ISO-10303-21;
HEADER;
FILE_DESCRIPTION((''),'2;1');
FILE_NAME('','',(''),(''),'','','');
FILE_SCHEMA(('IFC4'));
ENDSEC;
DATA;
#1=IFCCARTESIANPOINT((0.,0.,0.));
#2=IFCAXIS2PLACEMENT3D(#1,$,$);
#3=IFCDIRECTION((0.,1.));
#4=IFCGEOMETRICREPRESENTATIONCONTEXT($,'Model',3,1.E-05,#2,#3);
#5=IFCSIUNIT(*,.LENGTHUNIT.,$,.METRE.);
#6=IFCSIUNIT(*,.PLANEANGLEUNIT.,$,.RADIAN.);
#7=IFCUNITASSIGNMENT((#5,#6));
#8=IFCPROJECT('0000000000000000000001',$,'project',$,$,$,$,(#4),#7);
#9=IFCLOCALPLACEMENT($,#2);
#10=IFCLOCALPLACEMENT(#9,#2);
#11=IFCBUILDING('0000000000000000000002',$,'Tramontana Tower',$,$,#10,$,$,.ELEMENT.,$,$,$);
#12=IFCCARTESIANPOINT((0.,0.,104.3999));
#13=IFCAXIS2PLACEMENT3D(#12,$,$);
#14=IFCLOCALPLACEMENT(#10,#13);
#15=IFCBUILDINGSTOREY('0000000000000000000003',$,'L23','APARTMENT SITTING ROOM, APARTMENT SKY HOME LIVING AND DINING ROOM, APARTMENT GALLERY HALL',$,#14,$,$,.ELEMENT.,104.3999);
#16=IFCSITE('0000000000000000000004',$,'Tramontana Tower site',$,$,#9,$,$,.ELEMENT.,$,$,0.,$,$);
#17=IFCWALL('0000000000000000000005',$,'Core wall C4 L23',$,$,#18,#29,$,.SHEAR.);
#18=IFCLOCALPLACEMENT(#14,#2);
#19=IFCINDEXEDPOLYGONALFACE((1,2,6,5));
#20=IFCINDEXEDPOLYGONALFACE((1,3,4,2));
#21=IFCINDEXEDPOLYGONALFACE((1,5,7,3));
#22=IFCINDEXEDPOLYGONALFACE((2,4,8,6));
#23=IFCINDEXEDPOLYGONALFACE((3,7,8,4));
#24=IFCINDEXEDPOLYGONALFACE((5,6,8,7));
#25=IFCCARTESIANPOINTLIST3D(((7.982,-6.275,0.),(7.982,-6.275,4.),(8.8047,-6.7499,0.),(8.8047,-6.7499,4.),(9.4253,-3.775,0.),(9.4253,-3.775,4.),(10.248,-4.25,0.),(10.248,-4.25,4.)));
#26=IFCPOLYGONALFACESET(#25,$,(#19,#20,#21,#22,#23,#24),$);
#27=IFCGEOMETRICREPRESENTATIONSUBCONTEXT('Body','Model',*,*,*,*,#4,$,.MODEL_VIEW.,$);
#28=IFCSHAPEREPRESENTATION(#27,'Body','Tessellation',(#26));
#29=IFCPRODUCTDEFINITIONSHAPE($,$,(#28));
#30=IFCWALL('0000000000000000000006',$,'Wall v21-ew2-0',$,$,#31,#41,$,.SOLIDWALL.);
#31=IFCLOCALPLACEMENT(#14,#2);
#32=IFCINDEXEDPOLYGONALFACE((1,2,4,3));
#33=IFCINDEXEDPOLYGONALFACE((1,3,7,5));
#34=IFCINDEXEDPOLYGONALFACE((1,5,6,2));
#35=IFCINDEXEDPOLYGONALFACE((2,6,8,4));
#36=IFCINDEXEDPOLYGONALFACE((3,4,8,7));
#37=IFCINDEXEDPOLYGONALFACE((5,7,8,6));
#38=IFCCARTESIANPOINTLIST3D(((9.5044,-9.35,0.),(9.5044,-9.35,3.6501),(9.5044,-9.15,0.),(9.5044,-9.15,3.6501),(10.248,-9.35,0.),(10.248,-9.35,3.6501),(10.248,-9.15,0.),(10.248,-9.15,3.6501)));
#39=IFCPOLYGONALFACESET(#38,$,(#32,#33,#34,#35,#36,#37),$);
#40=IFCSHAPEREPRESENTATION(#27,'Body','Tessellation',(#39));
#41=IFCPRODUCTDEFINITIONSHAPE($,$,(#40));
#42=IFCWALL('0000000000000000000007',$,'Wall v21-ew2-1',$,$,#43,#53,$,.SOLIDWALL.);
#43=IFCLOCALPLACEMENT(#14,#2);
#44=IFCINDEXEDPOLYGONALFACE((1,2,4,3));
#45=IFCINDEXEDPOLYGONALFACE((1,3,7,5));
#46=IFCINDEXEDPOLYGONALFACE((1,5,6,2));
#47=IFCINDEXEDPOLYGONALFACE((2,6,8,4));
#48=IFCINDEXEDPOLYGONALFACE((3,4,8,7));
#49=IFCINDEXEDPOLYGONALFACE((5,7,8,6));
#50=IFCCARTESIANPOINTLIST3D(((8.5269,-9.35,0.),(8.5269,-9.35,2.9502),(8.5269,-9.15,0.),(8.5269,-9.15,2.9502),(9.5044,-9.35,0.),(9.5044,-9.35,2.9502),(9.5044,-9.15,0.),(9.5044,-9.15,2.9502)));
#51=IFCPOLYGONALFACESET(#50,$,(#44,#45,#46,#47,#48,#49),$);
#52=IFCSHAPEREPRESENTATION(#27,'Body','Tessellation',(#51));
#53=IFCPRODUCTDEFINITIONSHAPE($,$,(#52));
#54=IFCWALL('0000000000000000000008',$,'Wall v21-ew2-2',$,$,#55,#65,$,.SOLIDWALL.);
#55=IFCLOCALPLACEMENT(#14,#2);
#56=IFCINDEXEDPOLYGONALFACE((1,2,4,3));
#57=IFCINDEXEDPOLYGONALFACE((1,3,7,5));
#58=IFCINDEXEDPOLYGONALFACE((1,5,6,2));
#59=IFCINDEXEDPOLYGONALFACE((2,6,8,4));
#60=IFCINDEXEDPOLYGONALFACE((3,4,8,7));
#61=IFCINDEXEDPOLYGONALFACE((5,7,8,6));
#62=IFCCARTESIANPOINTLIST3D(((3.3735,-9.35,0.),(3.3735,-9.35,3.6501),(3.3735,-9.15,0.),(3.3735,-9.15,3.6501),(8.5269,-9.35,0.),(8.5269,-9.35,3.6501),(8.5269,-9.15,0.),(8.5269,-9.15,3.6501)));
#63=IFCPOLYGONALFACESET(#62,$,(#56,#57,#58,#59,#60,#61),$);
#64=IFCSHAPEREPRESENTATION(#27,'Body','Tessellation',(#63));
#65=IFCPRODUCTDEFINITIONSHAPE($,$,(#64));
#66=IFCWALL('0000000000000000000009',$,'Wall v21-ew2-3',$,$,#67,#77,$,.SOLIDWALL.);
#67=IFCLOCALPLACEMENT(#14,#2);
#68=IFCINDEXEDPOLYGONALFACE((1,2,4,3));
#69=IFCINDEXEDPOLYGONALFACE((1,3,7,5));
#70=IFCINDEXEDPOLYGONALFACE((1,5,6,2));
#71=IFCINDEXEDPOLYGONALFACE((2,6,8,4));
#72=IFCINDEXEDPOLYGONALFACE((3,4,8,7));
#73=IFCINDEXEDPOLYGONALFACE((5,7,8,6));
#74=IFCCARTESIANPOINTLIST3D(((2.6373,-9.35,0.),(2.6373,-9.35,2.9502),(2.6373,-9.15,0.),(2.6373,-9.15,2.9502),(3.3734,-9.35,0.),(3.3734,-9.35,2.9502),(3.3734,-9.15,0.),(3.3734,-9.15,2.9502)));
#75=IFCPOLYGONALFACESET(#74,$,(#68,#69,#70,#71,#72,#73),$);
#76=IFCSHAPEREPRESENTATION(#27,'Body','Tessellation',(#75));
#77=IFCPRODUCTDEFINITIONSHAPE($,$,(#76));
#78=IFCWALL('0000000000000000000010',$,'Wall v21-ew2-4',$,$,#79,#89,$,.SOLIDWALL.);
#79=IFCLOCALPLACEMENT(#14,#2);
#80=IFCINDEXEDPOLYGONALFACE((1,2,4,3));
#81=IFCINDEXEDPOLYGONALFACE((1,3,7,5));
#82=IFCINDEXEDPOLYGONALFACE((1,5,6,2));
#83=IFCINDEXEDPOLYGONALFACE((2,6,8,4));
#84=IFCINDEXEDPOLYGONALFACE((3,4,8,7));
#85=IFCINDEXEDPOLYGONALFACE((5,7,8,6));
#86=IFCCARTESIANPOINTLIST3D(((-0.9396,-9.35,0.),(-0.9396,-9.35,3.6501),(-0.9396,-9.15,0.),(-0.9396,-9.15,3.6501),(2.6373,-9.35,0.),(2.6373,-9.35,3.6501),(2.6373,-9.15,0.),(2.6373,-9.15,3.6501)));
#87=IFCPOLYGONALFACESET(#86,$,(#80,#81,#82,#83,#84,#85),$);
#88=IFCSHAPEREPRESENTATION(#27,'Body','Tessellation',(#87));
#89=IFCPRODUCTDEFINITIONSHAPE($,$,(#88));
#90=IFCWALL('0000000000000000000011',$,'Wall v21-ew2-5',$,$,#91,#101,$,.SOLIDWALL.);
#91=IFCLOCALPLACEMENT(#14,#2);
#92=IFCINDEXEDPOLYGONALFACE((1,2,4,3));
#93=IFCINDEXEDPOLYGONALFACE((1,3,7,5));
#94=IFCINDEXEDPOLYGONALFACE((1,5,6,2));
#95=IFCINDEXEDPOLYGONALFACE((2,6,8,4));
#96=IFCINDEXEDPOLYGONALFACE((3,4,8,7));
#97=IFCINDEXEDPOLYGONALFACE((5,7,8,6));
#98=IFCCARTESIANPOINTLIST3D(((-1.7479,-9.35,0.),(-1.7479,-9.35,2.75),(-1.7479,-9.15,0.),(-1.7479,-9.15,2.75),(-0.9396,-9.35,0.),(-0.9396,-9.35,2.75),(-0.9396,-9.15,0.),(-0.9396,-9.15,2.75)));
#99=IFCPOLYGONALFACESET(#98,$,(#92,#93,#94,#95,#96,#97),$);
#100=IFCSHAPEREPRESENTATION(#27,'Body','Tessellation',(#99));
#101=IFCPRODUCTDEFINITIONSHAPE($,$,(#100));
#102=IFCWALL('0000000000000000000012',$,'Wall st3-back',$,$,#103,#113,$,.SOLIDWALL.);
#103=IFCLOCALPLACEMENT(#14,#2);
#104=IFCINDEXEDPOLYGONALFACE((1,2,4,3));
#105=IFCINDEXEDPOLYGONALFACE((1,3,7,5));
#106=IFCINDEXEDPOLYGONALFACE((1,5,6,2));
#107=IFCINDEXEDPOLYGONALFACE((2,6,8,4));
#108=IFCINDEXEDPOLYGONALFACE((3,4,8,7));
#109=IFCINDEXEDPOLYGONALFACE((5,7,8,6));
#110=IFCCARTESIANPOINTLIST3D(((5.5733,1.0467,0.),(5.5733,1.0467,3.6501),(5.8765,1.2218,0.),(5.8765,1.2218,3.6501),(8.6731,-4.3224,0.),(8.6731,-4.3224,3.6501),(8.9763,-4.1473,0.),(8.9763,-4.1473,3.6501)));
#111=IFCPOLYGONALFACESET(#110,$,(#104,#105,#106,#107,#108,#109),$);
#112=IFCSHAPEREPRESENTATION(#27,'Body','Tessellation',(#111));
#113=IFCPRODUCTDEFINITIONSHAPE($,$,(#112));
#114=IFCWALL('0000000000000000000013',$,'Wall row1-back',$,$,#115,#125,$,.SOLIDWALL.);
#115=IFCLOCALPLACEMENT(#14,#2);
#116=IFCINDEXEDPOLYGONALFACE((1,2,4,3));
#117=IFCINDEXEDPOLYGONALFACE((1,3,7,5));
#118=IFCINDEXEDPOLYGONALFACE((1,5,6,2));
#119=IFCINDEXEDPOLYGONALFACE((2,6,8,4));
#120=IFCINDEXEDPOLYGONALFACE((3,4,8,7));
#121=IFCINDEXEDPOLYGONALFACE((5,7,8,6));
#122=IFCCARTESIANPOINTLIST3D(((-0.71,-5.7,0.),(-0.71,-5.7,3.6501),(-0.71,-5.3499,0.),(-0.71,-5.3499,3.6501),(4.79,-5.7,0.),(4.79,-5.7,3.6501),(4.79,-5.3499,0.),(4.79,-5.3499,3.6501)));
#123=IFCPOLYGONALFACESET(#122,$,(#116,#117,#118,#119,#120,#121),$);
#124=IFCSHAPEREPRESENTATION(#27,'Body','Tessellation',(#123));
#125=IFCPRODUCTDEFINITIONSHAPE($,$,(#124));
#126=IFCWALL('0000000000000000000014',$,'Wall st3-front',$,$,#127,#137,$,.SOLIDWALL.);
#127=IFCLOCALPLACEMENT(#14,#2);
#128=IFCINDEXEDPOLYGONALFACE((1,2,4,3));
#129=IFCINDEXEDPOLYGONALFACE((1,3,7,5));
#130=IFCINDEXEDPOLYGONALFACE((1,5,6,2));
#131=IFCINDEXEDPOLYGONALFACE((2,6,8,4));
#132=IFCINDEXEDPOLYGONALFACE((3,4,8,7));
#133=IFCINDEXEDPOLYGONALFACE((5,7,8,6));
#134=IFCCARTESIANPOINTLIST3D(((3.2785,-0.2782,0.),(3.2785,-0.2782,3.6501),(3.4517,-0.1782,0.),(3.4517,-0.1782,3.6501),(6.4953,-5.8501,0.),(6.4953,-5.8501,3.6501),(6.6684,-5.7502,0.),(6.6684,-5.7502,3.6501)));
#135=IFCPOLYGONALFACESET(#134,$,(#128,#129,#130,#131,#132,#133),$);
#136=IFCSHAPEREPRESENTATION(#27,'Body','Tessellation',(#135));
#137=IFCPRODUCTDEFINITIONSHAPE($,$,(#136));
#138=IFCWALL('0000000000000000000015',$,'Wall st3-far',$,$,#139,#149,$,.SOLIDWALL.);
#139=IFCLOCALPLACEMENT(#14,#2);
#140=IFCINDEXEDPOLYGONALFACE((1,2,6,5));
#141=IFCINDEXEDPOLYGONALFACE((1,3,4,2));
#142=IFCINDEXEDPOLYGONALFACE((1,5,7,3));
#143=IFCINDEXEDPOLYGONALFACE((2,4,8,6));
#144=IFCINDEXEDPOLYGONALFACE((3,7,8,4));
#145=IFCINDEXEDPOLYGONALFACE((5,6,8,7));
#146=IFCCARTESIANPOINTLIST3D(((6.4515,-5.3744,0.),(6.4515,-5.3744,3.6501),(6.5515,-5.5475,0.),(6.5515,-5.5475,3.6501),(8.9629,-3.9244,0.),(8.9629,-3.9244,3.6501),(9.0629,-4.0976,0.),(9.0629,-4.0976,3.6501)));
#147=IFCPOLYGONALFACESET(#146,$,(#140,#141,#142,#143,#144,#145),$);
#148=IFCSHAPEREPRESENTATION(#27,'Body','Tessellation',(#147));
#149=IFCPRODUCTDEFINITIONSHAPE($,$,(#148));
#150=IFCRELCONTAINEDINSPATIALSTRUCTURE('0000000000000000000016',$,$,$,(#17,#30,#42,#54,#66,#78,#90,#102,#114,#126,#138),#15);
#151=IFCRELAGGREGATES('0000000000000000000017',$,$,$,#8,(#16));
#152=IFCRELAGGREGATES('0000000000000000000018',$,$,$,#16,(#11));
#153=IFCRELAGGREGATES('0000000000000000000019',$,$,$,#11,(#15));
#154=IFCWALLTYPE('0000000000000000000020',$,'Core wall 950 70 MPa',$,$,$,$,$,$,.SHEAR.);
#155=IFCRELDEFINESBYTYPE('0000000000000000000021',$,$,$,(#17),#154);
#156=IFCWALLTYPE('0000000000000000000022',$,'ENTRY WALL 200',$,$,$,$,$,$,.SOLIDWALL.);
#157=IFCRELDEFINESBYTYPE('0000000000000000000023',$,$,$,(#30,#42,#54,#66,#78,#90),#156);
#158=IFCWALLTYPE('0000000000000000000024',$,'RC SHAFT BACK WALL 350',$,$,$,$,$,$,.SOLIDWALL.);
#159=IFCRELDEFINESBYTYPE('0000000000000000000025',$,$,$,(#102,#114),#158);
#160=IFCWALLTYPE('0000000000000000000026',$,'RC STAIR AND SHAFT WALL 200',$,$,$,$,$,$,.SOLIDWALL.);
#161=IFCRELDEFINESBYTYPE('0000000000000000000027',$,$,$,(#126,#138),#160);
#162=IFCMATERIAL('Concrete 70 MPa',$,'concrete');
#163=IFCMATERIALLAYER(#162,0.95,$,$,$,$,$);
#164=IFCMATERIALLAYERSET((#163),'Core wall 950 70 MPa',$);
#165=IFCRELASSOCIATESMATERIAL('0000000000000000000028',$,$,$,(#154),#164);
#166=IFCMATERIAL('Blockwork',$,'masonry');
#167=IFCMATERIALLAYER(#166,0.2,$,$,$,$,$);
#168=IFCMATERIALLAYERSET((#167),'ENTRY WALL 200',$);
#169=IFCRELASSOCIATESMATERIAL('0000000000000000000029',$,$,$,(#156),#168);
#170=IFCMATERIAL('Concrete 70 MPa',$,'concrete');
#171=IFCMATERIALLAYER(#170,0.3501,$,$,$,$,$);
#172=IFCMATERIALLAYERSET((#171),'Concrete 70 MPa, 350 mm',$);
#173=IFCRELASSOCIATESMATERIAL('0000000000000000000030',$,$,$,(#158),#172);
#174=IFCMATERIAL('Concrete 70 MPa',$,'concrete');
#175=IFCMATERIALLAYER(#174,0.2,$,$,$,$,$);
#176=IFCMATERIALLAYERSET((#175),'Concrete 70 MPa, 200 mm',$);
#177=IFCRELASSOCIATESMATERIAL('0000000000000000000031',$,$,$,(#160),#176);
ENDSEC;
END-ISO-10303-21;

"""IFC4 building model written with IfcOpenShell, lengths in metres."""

from ifc_helpers import new_model, si_unit, direction, frame, frame_2d, origin, place, context, subcontext, project, spatial, rectangle, extrude, material, layer, layer_set, type_object, element, save


model = new_model("IFC4")

# Units and contexts
model_context = context("Model", 3, precision=1e-05, world=origin(), true_north=direction((0.0, 1.0)))
body_context = subcontext(model_context, "Body", "Model", "MODEL_VIEW")
ifc_project = project(units=[si_unit("LENGTHUNIT", "METRE"), si_unit("PLANEANGLEUNIT", "RADIAN")], contexts=[model_context])

# Site, building, storey
site_placement = place(None, origin())
site = spatial("IfcSite", under=ifc_project, at=site_placement, Name="Tramontana Tower site", CompositionType="ELEMENT", RefElevation=0.0)
building_placement = place(site_placement, origin())
building = spatial("IfcBuilding", under=site, at=building_placement, Name="Tramontana Tower", CompositionType="ELEMENT")
storey_placement = place(building_placement, frame((0.0, 0.0, 104.3999)))
storey = spatial("IfcBuildingStorey", under=building, at=storey_placement, Name="L23", Description="APARTMENT SITTING ROOM, APARTMENT SKY HOME LIVING AND DINING ROOM, APARTMENT GALLERY HALL", CompositionType="ELEMENT", Elevation=104.3999)

# Wall
ifc_material_1 = material(Name="Concrete 70 MPa", Category="concrete")
ifc_layer_1 = layer(ifc_material_1, 0.95)
ifc_layer_set_1 = layer_set([ifc_layer_1], Name="Core wall 950 70 MPa")
wall_type_1 = type_object("IfcWallType", Name="Core wall 950 70 MPa", PredefinedType="SHEAR", material=ifc_layer_set_1)
wall_1_placement = place(storey_placement, frame((8.3933, -6.5125, 0.0), z_axis=(0.0, 0.0, 1.0), x_axis=(0.499996, 0.866028, 0.0)))
element("IfcWall", 1, at=wall_1_placement, inside=storey, type_object=wall_type_1, Name="Core wall C4 L23", PredefinedType="SHEAR", context=body_context, shape_type="SweptSolid", body=[
    extrude(rectangle(XDim=2.8867, YDim=0.95, at=frame_2d((1.4434, 0.0))), origin(), (0.0, 0.0, 1.0), 4.0),
])

# Walls
ifc_material_2 = material(Name="Blockwork", Category="masonry")
ifc_layer_2 = layer(ifc_material_2, 0.2)
ifc_layer_set_2 = layer_set([ifc_layer_2], Name="ENTRY WALL 200")
wall_type_2 = type_object("IfcWallType", Name="ENTRY WALL 200", PredefinedType="SOLIDWALL", material=ifc_layer_set_2)
wall_2_placement = place(storey_placement, frame((10.248, -9.25, 0.0), z_axis=(0.0, 0.0, 1.0), x_axis=(-1.0, 0.0, 0.0)))
element("IfcWall", 2, at=wall_2_placement, inside=storey, type_object=wall_type_2, Name="Wall v21-ew2-0", PredefinedType="SOLIDWALL", context=body_context, shape_type="SweptSolid", body=[
    extrude(rectangle(XDim=0.7437, YDim=0.2, at=frame_2d((0.3718, 0.0))), origin(), (0.0, 0.0, 1.0), 3.6501),
])
wall_3_placement = place(storey_placement, frame((9.5044, -9.25, 0.0), z_axis=(0.0, 0.0, 1.0), x_axis=(-1.0, 0.0, 0.0)))
element("IfcWall", 3, at=wall_3_placement, inside=storey, type_object=wall_type_2, Name="Wall v21-ew2-1", PredefinedType="SOLIDWALL", context=body_context, shape_type="SweptSolid", body=[
    extrude(rectangle(XDim=0.9775, YDim=0.2, at=frame_2d((0.4888, 0.0))), origin(), (0.0, 0.0, 1.0), 2.9502),
])
wall_4_placement = place(storey_placement, frame((8.5269, -9.25, 0.0), z_axis=(0.0, 0.0, 1.0), x_axis=(-1.0, 0.0, 0.0)))
element("IfcWall", 4, at=wall_4_placement, inside=storey, type_object=wall_type_2, Name="Wall v21-ew2-2", PredefinedType="SOLIDWALL", context=body_context, shape_type="SweptSolid", body=[
    extrude(rectangle(XDim=5.1533, YDim=0.2, at=frame_2d((2.5767, 0.0))), origin(), (0.0, 0.0, 1.0), 3.6501),
])
wall_5_placement = place(storey_placement, frame((3.3735, -9.25, 0.0), z_axis=(0.0, 0.0, 1.0), x_axis=(-1.0, 0.0, 0.0)))
element("IfcWall", 5, at=wall_5_placement, inside=storey, type_object=wall_type_2, Name="Wall v21-ew2-3", PredefinedType="SOLIDWALL", context=body_context, shape_type="SweptSolid", body=[
    extrude(rectangle(XDim=0.7361, YDim=0.2, at=frame_2d((0.3682, 0.0))), origin(), (0.0, 0.0, 1.0), 2.9502),
])
wall_6_placement = place(storey_placement, frame((2.6375, -9.25, 0.0), z_axis=(0.0, 0.0, 1.0), x_axis=(-1.0, 0.0, 0.0)))
element("IfcWall", 6, at=wall_6_placement, inside=storey, type_object=wall_type_2, Name="Wall v21-ew2-4", PredefinedType="SOLIDWALL", context=body_context, shape_type="SweptSolid", body=[
    extrude(rectangle(XDim=3.5769, YDim=0.2, at=frame_2d((1.7886, 0.0))), origin(), (0.0, 0.0, 1.0), 3.6501),
])
wall_7_placement = place(storey_placement, frame((-0.9395, -9.25, 0.0), z_axis=(0.0, 0.0, 1.0), x_axis=(-1.0, 0.0, 0.0)))
element("IfcWall", 7, at=wall_7_placement, inside=storey, type_object=wall_type_2, Name="Wall v21-ew2-5", PredefinedType="SOLIDWALL", context=body_context, shape_type="SweptSolid", body=[
    extrude(rectangle(XDim=0.8083, YDim=0.2, at=frame_2d((0.4043, 0.0))), origin(), (0.0, 0.0, 1.0), 2.75),
])

# Walls
ifc_material_3 = material(Name="Concrete 70 MPa", Category="concrete")
ifc_layer_3 = layer(ifc_material_3, 0.3501)
ifc_layer_set_3 = layer_set([ifc_layer_3], Name="Concrete 70 MPa, 350 mm")
wall_type_3 = type_object("IfcWallType", Name="RC SHAFT BACK WALL 350", PredefinedType="SOLIDWALL", material=ifc_layer_set_3)
wall_8_placement = place(storey_placement, frame((8.8247, -4.2349, 0.0), z_axis=(0.0, 0.0, 1.0), x_axis=(-0.499997, 0.866027, 0.0)))
element("IfcWall", 8, at=wall_8_placement, inside=storey, type_object=wall_type_3, Name="Wall st3-back", PredefinedType="SOLIDWALL", context=body_context, shape_type="SweptSolid", body=[
    extrude(rectangle(XDim=6.1997, YDim=0.3501, at=frame_2d((3.0999, 0.0))), origin(), (0.0, 0.0, 1.0), 3.6501),
])
wall_9_placement = place(storey_placement, frame((-0.71, -5.5249, 0.0), z_axis=(0.0, 0.0, 1.0), x_axis=(1.0, 0.0, 0.0)))
element("IfcWall", 9, at=wall_9_placement, inside=storey, type_object=wall_type_3, Name="Wall row1-back", PredefinedType="SOLIDWALL", context=body_context, shape_type="SweptSolid", body=[
    extrude(rectangle(XDim=5.5, YDim=0.3501, at=frame_2d((2.75, 0.0))), origin(), (0.0, 0.0, 1.0), 3.6501),
])

# Shared definitions
ifc_material_4 = material(Name="Concrete 70 MPa", Category="concrete")
ifc_layer_4 = layer(ifc_material_4, 0.2)
ifc_layer_set_4 = layer_set([ifc_layer_4], Name="Concrete 70 MPa, 200 mm")
wall_type_4 = type_object("IfcWallType", Name="RC STAIR AND SHAFT WALL 200", PredefinedType="SOLIDWALL", material=ifc_layer_set_4)

# Walls
wall_10_placement = place(storey_placement, frame((6.5818, -5.8, 0.0), z_axis=(0.0, 0.0, 1.0), x_axis=(-0.499975, 0.86604, 0.0)))
element("IfcWall", 10, at=wall_10_placement, inside=storey, type_object=wall_type_4, Name="Wall st3-front", PredefinedType="SOLIDWALL", context=body_context, shape_type="SweptSolid", body=[
    extrude(rectangle(XDim=6.4338, YDim=0.2, at=frame_2d((3.2168, 0.0))), origin(), (0.0, 0.0, 1.0), 3.6501),
])
wall_11_placement = place(storey_placement, frame((6.5015, -5.4609, 0.0), z_axis=(0.0, 0.0, 1.0), x_axis=(0.866033, 0.499987, 0.0)))
element("IfcWall", 11, at=wall_11_placement, inside=storey, type_object=wall_type_4, Name="Wall st3-far", PredefinedType="SOLIDWALL", context=body_context, shape_type="SweptSolid", body=[
    extrude(rectangle(XDim=2.8999, YDim=0.2, at=frame_2d((1.45, 0.0))), origin(), (0.0, 0.0, 1.0), 3.6501),
])

save(model, "model.ifc")
